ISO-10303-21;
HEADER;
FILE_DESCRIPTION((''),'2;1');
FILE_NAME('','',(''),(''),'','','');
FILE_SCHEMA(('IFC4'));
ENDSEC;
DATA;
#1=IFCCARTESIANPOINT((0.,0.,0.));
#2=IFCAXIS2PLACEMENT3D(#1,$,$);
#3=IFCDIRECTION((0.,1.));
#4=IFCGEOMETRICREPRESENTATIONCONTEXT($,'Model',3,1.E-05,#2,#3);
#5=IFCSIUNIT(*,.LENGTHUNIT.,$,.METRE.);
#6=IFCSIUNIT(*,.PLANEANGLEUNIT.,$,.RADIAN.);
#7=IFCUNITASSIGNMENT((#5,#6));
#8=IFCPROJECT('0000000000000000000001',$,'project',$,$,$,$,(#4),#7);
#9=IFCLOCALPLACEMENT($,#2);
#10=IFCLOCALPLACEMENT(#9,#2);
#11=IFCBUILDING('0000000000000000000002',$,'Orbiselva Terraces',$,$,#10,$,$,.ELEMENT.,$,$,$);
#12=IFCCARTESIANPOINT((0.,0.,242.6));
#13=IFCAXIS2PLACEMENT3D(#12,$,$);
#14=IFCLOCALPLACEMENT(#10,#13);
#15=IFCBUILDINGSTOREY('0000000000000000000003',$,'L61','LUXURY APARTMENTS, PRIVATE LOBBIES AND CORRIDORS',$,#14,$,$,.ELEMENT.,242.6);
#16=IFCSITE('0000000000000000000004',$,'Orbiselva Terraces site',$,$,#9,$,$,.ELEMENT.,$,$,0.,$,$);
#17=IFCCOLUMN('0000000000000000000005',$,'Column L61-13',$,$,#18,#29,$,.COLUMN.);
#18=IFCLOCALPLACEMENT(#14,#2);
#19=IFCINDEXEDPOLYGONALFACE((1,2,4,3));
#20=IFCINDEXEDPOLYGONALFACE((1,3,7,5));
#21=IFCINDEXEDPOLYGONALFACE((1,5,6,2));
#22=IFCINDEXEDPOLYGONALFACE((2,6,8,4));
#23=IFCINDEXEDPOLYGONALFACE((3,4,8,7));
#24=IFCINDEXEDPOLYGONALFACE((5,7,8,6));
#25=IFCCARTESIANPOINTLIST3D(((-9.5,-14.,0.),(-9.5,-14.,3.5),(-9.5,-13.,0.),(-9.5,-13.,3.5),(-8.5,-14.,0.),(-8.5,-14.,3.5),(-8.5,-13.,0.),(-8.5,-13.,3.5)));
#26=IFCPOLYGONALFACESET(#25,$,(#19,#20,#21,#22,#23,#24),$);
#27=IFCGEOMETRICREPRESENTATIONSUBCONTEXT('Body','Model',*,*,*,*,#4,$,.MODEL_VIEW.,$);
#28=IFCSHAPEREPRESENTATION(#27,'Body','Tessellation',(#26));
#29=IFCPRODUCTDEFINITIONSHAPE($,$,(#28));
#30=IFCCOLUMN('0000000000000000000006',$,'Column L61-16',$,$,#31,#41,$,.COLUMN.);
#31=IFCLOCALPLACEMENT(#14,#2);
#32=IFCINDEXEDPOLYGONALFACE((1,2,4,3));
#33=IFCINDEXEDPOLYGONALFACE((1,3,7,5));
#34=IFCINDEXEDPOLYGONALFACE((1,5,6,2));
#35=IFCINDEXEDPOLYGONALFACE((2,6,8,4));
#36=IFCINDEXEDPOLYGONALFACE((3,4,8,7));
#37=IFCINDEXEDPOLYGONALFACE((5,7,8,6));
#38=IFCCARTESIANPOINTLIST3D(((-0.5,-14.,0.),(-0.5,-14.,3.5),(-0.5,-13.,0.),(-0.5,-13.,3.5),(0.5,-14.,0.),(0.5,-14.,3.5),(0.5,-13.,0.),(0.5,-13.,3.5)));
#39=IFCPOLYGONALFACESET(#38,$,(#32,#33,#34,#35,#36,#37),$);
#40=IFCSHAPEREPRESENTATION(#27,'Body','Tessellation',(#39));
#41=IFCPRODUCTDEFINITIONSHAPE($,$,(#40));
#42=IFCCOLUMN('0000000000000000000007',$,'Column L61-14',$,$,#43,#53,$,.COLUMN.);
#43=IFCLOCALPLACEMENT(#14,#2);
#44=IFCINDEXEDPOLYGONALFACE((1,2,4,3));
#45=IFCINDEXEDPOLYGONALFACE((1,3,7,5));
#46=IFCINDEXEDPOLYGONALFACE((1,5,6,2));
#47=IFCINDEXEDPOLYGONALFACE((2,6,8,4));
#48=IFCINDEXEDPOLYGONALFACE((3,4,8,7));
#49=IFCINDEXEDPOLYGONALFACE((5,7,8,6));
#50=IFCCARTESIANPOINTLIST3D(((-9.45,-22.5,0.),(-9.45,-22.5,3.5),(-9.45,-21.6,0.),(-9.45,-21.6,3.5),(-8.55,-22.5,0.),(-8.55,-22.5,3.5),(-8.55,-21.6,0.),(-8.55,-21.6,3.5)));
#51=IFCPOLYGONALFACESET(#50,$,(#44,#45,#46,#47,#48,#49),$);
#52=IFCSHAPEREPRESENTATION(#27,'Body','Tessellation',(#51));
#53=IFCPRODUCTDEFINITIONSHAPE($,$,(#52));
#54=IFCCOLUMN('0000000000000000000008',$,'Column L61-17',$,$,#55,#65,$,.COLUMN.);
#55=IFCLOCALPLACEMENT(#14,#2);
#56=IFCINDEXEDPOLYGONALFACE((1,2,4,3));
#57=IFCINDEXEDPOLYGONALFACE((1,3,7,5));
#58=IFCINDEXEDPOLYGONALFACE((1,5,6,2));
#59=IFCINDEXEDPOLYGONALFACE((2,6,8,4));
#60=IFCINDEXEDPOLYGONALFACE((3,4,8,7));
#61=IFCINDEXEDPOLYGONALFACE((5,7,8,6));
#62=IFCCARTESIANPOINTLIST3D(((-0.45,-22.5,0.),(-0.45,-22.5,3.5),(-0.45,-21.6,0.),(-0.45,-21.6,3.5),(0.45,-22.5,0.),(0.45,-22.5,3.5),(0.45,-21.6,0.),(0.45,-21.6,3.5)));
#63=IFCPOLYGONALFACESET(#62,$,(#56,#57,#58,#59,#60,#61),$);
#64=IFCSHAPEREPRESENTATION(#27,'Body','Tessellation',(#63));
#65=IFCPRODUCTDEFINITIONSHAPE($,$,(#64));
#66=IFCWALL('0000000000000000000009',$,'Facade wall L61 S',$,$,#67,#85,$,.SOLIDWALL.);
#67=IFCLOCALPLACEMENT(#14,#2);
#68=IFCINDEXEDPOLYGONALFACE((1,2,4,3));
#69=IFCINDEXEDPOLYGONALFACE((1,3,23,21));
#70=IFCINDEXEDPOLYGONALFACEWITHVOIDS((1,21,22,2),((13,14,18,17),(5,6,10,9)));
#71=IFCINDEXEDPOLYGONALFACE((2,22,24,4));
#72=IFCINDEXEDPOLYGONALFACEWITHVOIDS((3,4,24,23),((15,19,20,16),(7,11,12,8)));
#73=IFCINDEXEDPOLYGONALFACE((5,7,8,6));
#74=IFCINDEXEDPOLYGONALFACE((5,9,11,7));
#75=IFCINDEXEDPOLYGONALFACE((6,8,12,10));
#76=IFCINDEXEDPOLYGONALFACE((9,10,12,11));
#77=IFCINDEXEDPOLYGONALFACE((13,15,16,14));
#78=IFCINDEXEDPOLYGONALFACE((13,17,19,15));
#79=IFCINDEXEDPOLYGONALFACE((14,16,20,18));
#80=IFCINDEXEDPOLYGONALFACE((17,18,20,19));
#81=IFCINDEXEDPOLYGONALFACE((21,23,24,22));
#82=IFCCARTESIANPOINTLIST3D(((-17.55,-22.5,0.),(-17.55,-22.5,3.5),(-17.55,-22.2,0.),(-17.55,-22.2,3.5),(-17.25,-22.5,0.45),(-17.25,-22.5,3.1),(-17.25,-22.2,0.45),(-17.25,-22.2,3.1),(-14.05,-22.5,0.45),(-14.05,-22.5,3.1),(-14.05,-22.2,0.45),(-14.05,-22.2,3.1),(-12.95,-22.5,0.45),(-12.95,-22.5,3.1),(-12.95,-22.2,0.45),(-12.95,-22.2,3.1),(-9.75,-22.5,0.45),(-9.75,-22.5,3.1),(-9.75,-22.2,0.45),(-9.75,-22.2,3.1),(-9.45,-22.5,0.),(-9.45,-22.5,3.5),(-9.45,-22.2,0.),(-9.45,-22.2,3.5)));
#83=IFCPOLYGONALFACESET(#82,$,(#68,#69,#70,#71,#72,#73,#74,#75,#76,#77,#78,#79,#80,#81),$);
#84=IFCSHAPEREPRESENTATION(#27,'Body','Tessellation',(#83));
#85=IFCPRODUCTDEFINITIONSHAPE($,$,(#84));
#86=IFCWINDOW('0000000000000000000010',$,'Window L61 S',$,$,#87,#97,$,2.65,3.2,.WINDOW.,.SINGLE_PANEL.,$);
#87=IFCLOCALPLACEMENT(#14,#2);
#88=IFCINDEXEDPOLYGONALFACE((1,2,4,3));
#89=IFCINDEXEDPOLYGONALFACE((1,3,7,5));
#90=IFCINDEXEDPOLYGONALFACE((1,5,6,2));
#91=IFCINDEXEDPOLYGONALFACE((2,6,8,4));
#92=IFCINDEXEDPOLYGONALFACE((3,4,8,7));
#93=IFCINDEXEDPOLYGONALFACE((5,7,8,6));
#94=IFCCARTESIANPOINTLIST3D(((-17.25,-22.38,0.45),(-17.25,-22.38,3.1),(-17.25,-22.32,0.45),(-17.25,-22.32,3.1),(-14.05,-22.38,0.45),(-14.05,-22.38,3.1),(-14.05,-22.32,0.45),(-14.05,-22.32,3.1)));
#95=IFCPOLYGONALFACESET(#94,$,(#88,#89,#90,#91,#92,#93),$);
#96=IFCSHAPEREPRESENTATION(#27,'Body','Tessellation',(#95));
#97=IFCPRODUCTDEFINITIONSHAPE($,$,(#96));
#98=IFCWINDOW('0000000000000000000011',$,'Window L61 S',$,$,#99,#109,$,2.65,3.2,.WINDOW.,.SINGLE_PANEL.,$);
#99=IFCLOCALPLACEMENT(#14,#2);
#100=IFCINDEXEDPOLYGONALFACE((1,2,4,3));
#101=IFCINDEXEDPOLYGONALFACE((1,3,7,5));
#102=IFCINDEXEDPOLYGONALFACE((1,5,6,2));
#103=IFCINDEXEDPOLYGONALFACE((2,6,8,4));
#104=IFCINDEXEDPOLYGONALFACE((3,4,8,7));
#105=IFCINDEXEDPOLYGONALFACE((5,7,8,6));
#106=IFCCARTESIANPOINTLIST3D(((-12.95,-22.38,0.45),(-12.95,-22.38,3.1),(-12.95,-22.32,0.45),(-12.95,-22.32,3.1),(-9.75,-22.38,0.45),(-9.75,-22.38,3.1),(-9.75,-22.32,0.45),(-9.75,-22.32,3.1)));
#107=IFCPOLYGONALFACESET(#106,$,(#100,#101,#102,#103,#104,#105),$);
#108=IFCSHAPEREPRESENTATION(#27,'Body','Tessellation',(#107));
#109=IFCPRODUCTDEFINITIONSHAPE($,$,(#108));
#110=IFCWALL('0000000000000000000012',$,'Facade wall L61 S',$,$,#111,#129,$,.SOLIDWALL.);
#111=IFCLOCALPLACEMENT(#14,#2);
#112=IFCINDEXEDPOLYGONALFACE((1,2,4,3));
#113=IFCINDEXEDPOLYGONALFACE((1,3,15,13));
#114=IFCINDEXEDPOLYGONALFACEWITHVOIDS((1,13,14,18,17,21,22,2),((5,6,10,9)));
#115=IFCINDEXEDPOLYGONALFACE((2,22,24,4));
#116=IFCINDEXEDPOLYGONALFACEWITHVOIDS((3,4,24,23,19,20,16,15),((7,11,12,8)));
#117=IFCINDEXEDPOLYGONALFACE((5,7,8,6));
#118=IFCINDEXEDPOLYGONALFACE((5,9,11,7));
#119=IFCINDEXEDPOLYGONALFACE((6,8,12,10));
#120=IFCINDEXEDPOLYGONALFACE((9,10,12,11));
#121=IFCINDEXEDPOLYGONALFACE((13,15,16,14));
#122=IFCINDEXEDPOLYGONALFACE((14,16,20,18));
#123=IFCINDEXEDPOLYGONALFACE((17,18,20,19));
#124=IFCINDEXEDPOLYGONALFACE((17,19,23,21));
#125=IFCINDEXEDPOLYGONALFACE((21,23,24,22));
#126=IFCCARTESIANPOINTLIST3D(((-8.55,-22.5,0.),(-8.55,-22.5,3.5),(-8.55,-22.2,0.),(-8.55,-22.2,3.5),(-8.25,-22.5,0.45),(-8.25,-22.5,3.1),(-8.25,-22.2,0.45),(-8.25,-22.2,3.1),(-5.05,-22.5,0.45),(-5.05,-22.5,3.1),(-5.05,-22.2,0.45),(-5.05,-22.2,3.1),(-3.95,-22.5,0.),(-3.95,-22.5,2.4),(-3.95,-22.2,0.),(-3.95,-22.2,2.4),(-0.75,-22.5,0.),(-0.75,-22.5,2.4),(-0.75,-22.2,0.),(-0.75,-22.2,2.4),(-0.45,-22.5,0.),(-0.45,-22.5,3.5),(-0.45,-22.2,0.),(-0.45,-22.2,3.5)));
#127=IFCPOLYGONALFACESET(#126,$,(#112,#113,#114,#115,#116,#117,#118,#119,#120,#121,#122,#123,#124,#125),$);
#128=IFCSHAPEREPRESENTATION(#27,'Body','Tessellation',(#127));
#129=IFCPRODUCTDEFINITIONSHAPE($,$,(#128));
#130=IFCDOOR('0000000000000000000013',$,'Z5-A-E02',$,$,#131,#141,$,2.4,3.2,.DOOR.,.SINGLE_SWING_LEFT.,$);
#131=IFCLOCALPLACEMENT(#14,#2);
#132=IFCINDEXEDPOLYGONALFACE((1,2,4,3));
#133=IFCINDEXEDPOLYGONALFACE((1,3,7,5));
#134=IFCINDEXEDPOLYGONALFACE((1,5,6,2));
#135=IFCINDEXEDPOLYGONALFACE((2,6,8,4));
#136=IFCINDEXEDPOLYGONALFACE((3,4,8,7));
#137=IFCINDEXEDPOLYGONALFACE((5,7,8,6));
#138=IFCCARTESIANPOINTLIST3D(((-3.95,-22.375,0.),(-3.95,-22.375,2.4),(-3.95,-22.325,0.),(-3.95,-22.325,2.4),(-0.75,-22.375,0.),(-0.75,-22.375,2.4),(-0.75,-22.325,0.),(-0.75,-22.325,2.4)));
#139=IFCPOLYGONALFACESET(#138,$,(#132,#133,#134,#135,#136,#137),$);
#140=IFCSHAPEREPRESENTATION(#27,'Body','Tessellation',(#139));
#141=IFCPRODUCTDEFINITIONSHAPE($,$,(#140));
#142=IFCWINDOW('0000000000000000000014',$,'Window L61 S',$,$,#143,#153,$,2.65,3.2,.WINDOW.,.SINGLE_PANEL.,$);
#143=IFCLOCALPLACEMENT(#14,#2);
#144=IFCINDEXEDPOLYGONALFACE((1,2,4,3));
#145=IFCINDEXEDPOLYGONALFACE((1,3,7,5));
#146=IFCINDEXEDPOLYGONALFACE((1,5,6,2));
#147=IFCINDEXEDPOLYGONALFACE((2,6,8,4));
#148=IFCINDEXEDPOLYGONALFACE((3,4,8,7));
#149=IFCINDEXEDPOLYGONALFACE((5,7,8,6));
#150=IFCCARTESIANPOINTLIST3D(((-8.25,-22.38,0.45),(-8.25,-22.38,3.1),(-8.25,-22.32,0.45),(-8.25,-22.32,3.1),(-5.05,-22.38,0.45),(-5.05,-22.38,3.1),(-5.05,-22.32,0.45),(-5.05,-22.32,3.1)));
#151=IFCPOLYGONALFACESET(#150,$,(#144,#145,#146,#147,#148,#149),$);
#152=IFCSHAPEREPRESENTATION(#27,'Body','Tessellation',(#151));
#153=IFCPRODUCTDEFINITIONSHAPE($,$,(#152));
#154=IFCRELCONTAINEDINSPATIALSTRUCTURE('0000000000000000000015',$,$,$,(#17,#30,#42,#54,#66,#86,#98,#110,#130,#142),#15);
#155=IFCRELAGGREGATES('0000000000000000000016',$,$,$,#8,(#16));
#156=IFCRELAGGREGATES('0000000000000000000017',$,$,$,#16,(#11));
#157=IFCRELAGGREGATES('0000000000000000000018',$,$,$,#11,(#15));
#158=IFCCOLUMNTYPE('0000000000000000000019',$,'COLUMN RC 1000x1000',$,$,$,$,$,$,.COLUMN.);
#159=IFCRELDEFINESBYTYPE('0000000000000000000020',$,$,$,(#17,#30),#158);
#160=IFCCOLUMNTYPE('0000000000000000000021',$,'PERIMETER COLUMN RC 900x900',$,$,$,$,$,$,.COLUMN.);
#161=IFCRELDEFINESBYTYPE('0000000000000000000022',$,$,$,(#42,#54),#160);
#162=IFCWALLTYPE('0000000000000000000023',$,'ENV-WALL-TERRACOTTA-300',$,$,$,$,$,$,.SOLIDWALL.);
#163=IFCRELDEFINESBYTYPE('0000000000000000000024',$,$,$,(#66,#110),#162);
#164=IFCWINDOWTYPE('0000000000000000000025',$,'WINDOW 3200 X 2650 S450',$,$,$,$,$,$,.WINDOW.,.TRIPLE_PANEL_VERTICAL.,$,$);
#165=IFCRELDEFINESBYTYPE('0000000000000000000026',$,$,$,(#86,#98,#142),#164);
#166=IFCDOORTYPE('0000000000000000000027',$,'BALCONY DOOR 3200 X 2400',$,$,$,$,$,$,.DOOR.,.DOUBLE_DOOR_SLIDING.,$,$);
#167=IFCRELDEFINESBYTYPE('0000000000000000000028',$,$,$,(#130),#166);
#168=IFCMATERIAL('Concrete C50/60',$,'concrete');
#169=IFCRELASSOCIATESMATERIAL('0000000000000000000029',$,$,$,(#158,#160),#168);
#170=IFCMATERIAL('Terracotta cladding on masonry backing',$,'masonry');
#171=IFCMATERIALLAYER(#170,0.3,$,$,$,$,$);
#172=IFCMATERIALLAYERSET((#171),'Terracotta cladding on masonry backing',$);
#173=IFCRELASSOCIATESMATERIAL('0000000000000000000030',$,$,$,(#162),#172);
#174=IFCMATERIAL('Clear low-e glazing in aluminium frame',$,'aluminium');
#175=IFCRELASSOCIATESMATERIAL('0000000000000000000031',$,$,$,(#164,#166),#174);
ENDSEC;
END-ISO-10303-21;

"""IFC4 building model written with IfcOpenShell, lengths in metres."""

from ifc_helpers import new_model, si_unit, direction, frame, frame_2d, origin, origin_2d, place, context, subcontext, project, spatial, rectangle, extrude, material, layer, layer_set, material_profile, profile_set, type_object, element, fill, save


model = new_model("IFC4")

# Units and contexts
model_context = context("Model", 3, precision=1e-05, world=origin(), true_north=direction((0.0, 1.0)))
body_context = subcontext(model_context, "Body", "Model", "MODEL_VIEW")
ifc_project = project(units=[si_unit("LENGTHUNIT", "METRE"), si_unit("PLANEANGLEUNIT", "RADIAN")], contexts=[model_context])

# Site, building, storey
site_placement = place(None, origin())
site = spatial("IfcSite", under=ifc_project, at=site_placement, Name="Orbiselva Terraces site", CompositionType="ELEMENT", RefElevation=0.0)
building_placement = place(site_placement, origin())
building = spatial("IfcBuilding", under=site, at=building_placement, Name="Orbiselva Terraces", CompositionType="ELEMENT")
storey_placement = place(building_placement, frame((0.0, 0.0, 242.6)))
storey = spatial("IfcBuildingStorey", under=building, at=storey_placement, Name="L61", Description="LUXURY APARTMENTS, PRIVATE LOBBIES AND CORRIDORS", CompositionType="ELEMENT", Elevation=242.6)

# Columns
ifc_material_1 = material(Name="Concrete C50/60", Category="concrete")
ifc_material_profile_1 = material_profile(ifc_material_1, rectangle(XDim=1.0, YDim=1.0, at=origin_2d()), Name="RC 1000x1000")
ifc_profile_set_1 = profile_set([ifc_material_profile_1], Name="Concrete C50/60")
column_type_1 = type_object("IfcColumnType", Name="COLUMN RC 1000x1000", PredefinedType="COLUMN", material=ifc_profile_set_1)
for number, where, z_axis, x_axis, name in (
    (1, (-9.0, -13.5, 0.0), (0.0, 0.0, 1.0), (1.0, 0.0, 0.0), "Column L61-13"),
    (2, (0.0, -13.5, 0.0), (0.0, 0.0, 1.0), (1.0, 0.0, 0.0), "Column L61-16"),
):
    element("IfcColumn", number, at=place(storey_placement, frame(where, z_axis=z_axis, x_axis=x_axis)), inside=storey, type_object=column_type_1, Name=name, PredefinedType="COLUMN", context=body_context, shape_type="SweptSolid", body=[
        extrude(rectangle(XDim=1.0, YDim=1.0, at=origin_2d()), origin(), (0.0, 0.0, 1.0), 3.5),
    ])
ifc_material_profile_2 = material_profile(ifc_material_1, rectangle(XDim=0.9, YDim=0.9, at=origin_2d()), Name="RC 900x900")
ifc_profile_set_2 = profile_set([ifc_material_profile_2], Name="Concrete C50/60")
column_type_2 = type_object("IfcColumnType", Name="PERIMETER COLUMN RC 900x900", PredefinedType="COLUMN", material=ifc_profile_set_2)
for number, where, z_axis, x_axis, name in (
    (3, (-9.0, -22.05, 0.0), (0.0, 0.0, 1.0), (1.0, 0.0, 0.0), "Column L61-14"),
    (4, (0.0, -22.05, 0.0), (0.0, 0.0, 1.0), (1.0, 0.0, 0.0), "Column L61-17"),
):
    element("IfcColumn", number, at=place(storey_placement, frame(where, z_axis=z_axis, x_axis=x_axis)), inside=storey, type_object=column_type_2, Name=name, PredefinedType="COLUMN", context=body_context, shape_type="SweptSolid", body=[
        extrude(rectangle(XDim=0.9, YDim=0.9, at=origin_2d()), origin(), (0.0, 0.0, 1.0), 3.5),
    ])

# Wall, openings, windows
ifc_material_2 = material(Name="Terracotta cladding on masonry backing", Category="masonry")
ifc_layer_1 = layer(ifc_material_2, 0.3)
ifc_layer_set_1 = layer_set([ifc_layer_1], Name="Terracotta cladding on masonry backing")
wall_type_1 = type_object("IfcWallType", Name="ENV-WALL-TERRACOTTA-300", PredefinedType="SOLIDWALL", material=ifc_layer_set_1)
wall_1_placement = place(storey_placement, frame((-9.45, -22.35, 0.0), z_axis=(0.0, 0.0, 1.0), x_axis=(-1.0, 0.0, 0.0)))
wall_1 = element("IfcWall", 5, at=wall_1_placement, inside=storey, type_object=wall_type_1, Name="Facade wall L61 S", PredefinedType="SOLIDWALL", context=body_context, shape_type="SweptSolid", body=[
    extrude(rectangle(XDim=8.1, YDim=0.3, at=frame_2d((4.05, 0.0))), origin(), (0.0, 0.0, 1.0), 3.5),
])
opening_1_placement = place(wall_1_placement, frame((4.6, 0.0, 0.45)))
opening_1 = element("IfcOpeningElement", 6, at=opening_1_placement, cuts=wall_1, PredefinedType="OPENING", context=body_context, shape_type="SweptSolid", body=[
    extrude(rectangle(XDim=3.2, YDim=2.65, at=frame_2d((1.6, 1.325))), frame((0.0, 0.16, 0.0), z_axis=(0.0, -1.0, 0.0), x_axis=(1.0, 0.0, 0.0)), (0.0, 0.0, 1.0), 0.32),
])
opening_2_placement = place(wall_1_placement, frame((0.3, 0.0, 0.45)))
opening_2 = element("IfcOpeningElement", 7, at=opening_2_placement, cuts=wall_1, PredefinedType="OPENING", context=body_context, shape_type="SweptSolid", body=[
    extrude(rectangle(XDim=3.2, YDim=2.65, at=frame_2d((1.6, 1.325))), frame((0.0, 0.16, 0.0), z_axis=(0.0, -1.0, 0.0), x_axis=(1.0, 0.0, 0.0)), (0.0, 0.0, 1.0), 0.32),
])
ifc_material_3 = material(Name="Clear low-e glazing in aluminium frame", Category="aluminium")
window_type = type_object("IfcWindowType", Name="WINDOW 3200 X 2650 S450", PartitioningType="TRIPLE_PANEL_VERTICAL", PredefinedType="WINDOW", material=ifc_material_3)
window_1_placement = place(opening_1_placement, origin())
window_1 = element("IfcWindow", 8, at=window_1_placement, inside=storey, type_object=window_type, Name="Window L61 S", OverallHeight=2.65, OverallWidth=3.2, PartitioningType="SINGLE_PANEL", PredefinedType="WINDOW", context=body_context, shape_type="SweptSolid", body=[
    extrude(rectangle(XDim=3.2, YDim=2.65, at=frame_2d((1.6, 1.325))), frame((0.0, 0.03, 0.0), z_axis=(0.0, -1.0, 0.0), x_axis=(1.0, 0.0, 0.0)), (0.0, 0.0, 1.0), 0.06),
])
fill(opening_1, window_1)
window_2_placement = place(opening_2_placement, origin())
window_2 = element("IfcWindow", 9, at=window_2_placement, inside=storey, type_object=window_type, Name="Window L61 S", OverallHeight=2.65, OverallWidth=3.2, PartitioningType="SINGLE_PANEL", PredefinedType="WINDOW", context=body_context, shape_type="SweptSolid", body=[
    extrude(rectangle(XDim=3.2, YDim=2.65, at=frame_2d((1.6, 1.325))), frame((0.0, 0.03, 0.0), z_axis=(0.0, -1.0, 0.0), x_axis=(1.0, 0.0, 0.0)), (0.0, 0.0, 1.0), 0.06),
])
fill(opening_2, window_2)

# Wall, openings, door, window
wall_2_placement = place(storey_placement, frame((-0.45, -22.35, 0.0), z_axis=(0.0, 0.0, 1.0), x_axis=(-1.0, 0.0, 0.0)))
wall_2 = element("IfcWall", 10, at=wall_2_placement, inside=storey, type_object=wall_type_1, Name="Facade wall L61 S", PredefinedType="SOLIDWALL", context=body_context, shape_type="SweptSolid", body=[
    extrude(rectangle(XDim=8.1, YDim=0.3, at=frame_2d((4.05, 0.0))), origin(), (0.0, 0.0, 1.0), 3.5),
])
opening_3_placement = place(wall_2_placement, frame((4.6, 0.0, 0.45)))
opening_3 = element("IfcOpeningElement", 11, at=opening_3_placement, cuts=wall_2, PredefinedType="OPENING", context=body_context, shape_type="SweptSolid", body=[
    extrude(rectangle(XDim=3.2, YDim=2.65, at=frame_2d((1.6, 1.325))), frame((0.0, 0.16, 0.0), z_axis=(0.0, -1.0, 0.0), x_axis=(1.0, 0.0, 0.0)), (0.0, 0.0, 1.0), 0.32),
])
opening_4_placement = place(wall_2_placement, frame((0.3, 0.0, 0.0)))
opening_4 = element("IfcOpeningElement", 12, at=opening_4_placement, cuts=wall_2, PredefinedType="OPENING", context=body_context, shape_type="SweptSolid", body=[
    extrude(rectangle(XDim=3.2, YDim=2.4, at=frame_2d((1.6, 1.2))), frame((0.0, 0.16, 0.0), z_axis=(0.0, -1.0, 0.0), x_axis=(1.0, 0.0, 0.0)), (0.0, 0.0, 1.0), 0.32),
])
door_type_1 = type_object("IfcDoorType", Name="BALCONY DOOR 3200 X 2400", OperationType="DOUBLE_DOOR_SLIDING", PredefinedType="DOOR", material=ifc_material_3)
door_1_placement = place(opening_4_placement, origin())
door_1 = element("IfcDoor", 13, at=door_1_placement, inside=storey, type_object=door_type_1, Name="Z5-A-E02", OperationType="SINGLE_SWING_LEFT", OverallHeight=2.4, OverallWidth=3.2, PredefinedType="DOOR", context=body_context, shape_type="SweptSolid", body=[
    extrude(rectangle(XDim=3.2, YDim=2.4, at=frame_2d((1.6, 1.2))), frame((0.0, 0.025, 0.0), z_axis=(0.0, -1.0, 0.0), x_axis=(1.0, 0.0, 0.0)), (0.0, 0.0, 1.0), 0.05),
])
fill(opening_4, door_1)
window_3_placement = place(opening_3_placement, origin())
window_3 = element("IfcWindow", 14, at=window_3_placement, inside=storey, type_object=window_type, Name="Window L61 S", OverallHeight=2.65, OverallWidth=3.2, PartitioningType="SINGLE_PANEL", PredefinedType="WINDOW", context=body_context, shape_type="SweptSolid", body=[
    extrude(rectangle(XDim=3.2, YDim=2.65, at=frame_2d((1.6, 1.325))), frame((0.0, 0.03, 0.0), z_axis=(0.0, -1.0, 0.0), x_axis=(1.0, 0.0, 0.0)), (0.0, 0.0, 1.0), 0.06),
])
fill(opening_3, window_3)

save(model, "model.ifc")
